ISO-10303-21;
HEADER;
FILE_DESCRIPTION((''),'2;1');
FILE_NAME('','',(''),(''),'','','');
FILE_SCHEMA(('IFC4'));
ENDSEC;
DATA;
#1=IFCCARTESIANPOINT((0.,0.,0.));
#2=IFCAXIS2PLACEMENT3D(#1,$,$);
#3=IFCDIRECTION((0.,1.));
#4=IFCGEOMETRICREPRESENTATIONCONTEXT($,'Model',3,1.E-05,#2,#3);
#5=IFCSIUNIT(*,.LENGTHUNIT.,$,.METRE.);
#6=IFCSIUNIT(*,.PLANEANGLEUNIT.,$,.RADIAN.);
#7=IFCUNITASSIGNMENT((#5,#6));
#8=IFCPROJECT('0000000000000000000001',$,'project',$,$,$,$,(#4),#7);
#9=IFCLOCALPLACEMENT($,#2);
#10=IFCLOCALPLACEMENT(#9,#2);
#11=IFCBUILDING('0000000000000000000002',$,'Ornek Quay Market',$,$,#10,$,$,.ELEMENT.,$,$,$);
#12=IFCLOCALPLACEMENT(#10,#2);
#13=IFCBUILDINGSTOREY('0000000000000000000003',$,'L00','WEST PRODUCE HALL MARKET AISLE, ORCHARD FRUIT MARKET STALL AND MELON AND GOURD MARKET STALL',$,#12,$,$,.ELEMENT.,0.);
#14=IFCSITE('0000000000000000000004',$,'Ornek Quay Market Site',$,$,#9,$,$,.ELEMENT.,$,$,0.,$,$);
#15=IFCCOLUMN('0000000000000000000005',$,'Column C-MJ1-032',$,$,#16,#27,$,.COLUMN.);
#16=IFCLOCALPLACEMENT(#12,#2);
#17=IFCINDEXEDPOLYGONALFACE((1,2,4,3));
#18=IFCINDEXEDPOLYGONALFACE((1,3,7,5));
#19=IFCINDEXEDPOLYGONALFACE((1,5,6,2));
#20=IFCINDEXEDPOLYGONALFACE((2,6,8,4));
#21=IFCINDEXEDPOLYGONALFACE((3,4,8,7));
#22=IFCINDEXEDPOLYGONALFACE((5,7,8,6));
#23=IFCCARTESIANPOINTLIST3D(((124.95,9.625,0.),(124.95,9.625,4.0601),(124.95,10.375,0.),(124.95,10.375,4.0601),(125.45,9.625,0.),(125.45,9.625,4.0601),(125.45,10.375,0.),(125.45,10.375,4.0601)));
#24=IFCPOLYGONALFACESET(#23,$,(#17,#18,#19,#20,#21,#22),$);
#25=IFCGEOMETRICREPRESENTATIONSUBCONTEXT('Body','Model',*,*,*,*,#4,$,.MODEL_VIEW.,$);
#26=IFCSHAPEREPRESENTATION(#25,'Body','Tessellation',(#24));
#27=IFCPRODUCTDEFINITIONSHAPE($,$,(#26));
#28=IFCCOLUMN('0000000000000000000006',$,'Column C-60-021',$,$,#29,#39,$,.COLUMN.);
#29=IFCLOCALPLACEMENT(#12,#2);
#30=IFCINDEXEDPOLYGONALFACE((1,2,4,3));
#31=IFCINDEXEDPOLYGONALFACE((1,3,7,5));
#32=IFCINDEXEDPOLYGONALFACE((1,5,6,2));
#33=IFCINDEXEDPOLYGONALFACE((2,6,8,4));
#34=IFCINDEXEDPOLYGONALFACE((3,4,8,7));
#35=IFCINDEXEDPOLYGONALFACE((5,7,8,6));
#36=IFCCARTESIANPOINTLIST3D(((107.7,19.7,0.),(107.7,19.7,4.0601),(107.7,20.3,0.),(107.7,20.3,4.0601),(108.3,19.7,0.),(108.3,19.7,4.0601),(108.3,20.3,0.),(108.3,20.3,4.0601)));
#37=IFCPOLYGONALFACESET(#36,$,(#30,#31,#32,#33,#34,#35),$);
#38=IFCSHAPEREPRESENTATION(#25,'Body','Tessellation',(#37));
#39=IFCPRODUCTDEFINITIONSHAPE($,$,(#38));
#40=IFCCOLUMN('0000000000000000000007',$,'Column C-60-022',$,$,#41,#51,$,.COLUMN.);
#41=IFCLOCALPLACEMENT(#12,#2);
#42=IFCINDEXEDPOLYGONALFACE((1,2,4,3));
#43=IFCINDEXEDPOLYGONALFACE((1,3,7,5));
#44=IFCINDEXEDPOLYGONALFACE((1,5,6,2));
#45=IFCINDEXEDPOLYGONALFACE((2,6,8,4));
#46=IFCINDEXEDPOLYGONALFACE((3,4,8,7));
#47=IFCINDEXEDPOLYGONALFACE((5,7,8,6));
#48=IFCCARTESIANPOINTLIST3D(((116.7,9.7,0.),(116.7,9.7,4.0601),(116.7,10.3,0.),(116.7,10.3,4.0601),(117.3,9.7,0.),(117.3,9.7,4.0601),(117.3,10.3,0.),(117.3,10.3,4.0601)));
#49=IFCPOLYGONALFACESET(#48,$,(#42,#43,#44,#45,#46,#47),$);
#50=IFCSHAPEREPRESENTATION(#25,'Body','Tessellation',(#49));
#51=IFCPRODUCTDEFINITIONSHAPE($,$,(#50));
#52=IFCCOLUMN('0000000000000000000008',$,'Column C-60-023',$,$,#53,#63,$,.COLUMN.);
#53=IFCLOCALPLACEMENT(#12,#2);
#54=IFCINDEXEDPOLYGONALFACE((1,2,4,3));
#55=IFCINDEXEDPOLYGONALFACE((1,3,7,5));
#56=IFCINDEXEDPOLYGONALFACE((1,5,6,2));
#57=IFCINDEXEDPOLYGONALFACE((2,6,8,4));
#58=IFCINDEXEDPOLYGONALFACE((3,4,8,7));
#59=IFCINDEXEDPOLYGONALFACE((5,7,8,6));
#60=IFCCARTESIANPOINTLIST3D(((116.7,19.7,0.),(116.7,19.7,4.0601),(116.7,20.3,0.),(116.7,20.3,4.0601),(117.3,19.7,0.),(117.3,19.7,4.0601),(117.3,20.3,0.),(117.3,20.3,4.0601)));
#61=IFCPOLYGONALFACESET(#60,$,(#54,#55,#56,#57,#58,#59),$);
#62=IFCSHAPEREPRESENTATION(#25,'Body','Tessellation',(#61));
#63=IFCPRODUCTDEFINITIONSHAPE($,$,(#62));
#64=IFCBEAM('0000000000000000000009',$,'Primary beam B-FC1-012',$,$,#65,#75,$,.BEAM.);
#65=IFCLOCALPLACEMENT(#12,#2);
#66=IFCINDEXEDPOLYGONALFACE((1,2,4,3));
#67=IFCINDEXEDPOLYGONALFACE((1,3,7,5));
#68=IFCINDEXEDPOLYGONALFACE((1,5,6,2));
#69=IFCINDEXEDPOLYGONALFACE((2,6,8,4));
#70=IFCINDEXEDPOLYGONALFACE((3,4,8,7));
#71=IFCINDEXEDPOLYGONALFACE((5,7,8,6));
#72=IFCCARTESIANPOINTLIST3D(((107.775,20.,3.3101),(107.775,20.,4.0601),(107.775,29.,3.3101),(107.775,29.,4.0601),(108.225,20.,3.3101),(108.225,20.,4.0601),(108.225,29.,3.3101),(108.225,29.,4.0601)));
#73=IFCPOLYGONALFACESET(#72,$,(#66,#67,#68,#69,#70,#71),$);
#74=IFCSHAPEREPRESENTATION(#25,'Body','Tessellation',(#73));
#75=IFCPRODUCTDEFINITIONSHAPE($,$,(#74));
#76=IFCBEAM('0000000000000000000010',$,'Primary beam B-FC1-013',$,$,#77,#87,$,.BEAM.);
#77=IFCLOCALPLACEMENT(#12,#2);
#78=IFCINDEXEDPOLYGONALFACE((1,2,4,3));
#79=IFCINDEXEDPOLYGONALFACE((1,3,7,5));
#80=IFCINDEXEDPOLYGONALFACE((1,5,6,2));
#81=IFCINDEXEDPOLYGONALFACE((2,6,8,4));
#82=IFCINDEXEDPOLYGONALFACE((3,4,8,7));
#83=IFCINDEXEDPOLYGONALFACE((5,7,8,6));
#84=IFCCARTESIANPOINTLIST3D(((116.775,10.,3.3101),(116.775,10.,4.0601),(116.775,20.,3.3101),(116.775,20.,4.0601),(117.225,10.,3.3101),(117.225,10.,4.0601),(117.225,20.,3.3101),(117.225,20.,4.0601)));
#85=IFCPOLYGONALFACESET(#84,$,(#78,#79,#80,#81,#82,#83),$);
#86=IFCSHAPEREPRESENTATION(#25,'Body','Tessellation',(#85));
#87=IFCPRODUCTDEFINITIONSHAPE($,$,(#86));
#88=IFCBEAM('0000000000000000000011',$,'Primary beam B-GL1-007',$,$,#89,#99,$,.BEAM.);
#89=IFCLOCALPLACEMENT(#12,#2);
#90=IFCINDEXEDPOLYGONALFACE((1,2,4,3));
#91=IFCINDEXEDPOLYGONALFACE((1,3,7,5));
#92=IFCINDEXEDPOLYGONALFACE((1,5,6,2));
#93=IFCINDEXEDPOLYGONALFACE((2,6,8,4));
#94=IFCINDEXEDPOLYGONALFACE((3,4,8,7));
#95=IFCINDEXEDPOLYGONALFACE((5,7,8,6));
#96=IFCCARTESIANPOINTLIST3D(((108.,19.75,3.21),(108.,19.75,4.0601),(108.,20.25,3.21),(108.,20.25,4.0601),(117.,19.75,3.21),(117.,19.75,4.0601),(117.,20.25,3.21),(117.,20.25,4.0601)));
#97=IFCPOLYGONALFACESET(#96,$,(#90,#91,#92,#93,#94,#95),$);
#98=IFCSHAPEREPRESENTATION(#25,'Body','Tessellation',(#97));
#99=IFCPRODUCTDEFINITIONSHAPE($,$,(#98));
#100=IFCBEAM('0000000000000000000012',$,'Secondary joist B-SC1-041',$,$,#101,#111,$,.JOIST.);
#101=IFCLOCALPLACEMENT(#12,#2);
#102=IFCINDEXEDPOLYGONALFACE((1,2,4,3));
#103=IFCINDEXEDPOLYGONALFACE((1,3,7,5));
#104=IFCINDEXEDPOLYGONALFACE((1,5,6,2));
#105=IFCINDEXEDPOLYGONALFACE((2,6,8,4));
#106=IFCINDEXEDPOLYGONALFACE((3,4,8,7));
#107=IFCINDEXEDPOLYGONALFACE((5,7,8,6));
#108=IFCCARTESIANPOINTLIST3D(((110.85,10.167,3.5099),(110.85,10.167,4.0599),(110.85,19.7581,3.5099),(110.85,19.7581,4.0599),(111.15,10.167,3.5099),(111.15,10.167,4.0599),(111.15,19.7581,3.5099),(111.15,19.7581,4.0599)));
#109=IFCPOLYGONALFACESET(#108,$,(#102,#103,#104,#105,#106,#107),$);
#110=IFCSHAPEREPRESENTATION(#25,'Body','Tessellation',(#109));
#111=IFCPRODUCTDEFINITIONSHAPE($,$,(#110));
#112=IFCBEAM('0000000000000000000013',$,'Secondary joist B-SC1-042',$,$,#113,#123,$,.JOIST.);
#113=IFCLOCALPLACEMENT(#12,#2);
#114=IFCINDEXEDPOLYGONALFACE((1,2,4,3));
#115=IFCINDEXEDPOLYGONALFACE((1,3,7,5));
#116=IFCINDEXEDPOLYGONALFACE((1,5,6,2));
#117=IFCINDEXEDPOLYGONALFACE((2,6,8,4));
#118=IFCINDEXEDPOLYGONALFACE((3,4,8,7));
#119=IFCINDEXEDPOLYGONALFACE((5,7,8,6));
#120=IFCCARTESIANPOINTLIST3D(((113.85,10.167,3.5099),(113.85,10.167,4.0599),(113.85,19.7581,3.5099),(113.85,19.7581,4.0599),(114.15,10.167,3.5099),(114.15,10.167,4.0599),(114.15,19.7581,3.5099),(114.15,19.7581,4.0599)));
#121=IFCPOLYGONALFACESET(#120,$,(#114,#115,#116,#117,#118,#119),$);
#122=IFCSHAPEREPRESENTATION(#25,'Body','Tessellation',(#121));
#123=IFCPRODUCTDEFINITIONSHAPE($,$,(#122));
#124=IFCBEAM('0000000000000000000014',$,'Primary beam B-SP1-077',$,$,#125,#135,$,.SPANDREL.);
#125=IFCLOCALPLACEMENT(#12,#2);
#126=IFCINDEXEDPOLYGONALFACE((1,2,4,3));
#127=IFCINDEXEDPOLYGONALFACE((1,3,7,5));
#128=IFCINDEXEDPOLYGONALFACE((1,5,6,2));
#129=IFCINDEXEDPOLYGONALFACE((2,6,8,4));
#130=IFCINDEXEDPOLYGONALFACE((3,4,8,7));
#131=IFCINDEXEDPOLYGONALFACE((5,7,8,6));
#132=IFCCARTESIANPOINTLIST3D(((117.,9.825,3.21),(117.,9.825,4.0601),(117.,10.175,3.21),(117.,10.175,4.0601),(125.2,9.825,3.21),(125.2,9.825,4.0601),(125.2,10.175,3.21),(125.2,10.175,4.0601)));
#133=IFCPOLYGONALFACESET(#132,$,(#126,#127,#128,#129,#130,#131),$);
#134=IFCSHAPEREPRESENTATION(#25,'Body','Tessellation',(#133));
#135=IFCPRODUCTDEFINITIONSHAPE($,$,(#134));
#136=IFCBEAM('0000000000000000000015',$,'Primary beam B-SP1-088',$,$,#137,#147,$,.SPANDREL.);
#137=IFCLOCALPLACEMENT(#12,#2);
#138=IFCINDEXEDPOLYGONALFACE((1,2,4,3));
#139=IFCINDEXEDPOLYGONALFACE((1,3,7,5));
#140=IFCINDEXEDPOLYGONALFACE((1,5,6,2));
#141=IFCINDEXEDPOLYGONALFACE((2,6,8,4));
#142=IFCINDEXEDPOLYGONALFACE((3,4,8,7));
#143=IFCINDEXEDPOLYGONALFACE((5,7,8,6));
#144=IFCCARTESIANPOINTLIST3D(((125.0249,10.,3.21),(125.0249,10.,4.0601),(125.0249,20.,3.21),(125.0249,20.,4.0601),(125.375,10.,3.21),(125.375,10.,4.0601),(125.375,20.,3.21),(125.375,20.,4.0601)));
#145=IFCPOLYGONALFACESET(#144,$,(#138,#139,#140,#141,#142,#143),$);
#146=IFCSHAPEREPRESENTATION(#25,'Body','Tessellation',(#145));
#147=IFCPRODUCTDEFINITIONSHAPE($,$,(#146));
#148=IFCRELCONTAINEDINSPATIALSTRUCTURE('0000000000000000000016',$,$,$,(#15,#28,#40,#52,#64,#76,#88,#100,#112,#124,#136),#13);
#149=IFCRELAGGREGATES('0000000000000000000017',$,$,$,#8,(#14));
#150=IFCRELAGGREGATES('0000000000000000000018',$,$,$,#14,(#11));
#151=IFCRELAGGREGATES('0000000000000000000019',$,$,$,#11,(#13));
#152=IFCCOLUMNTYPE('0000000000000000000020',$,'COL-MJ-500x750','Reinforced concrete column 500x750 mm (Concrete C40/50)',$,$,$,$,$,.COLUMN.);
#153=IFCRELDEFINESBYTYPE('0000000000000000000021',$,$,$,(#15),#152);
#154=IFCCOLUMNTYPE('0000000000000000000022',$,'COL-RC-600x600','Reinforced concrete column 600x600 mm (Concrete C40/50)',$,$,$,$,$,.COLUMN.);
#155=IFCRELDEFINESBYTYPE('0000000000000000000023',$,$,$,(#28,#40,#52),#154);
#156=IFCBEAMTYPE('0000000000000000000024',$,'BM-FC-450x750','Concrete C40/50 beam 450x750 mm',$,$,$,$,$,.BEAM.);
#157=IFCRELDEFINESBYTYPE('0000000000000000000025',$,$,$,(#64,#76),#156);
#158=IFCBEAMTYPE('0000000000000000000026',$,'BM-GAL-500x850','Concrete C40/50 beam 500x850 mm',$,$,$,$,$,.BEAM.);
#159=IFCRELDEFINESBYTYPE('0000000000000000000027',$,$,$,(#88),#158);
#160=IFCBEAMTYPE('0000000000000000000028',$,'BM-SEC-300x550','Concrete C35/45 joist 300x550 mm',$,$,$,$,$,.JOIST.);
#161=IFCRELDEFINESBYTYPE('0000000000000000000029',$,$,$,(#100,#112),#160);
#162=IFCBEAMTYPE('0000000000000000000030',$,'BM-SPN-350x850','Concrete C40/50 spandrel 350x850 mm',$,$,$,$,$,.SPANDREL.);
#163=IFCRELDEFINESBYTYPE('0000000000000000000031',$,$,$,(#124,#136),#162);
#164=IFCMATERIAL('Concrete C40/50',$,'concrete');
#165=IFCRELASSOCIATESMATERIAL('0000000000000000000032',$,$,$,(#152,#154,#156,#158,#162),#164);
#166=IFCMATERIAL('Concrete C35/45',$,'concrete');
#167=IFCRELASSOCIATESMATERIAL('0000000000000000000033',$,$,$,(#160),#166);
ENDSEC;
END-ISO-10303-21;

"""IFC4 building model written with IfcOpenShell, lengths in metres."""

from ifc_helpers import new_model, si_unit, direction, frame, origin, origin_2d, place, context, subcontext, project, spatial, rectangle, extrude, material, material_profile, profile_set, type_object, element, save


model = new_model("IFC4")

# Units and contexts
model_context = context("Model", 3, precision=1e-05, world=origin(), true_north=direction((0.0, 1.0)))
body_context = subcontext(model_context, "Body", "Model", "MODEL_VIEW")
ifc_project = project(units=[si_unit("LENGTHUNIT", "METRE"), si_unit("PLANEANGLEUNIT", "RADIAN")], contexts=[model_context])

# Site, building, storey
site_placement = place(None, origin())
site = spatial("IfcSite", under=ifc_project, at=site_placement, Name="Ornek Quay Market Site", CompositionType="ELEMENT", RefElevation=0.0)
building_placement = place(site_placement, origin())
building = spatial("IfcBuilding", under=site, at=building_placement, Name="Ornek Quay Market", CompositionType="ELEMENT")
storey_placement = place(building_placement, origin())
storey = spatial("IfcBuildingStorey", under=building, at=storey_placement, Name="L00", Description="WEST PRODUCE HALL MARKET AISLE, ORCHARD FRUIT MARKET STALL AND MELON AND GOURD MARKET STALL", CompositionType="ELEMENT", Elevation=0.0)

# Columns
ifc_material_1 = material(Name="Concrete C40/50", Category="concrete")
ifc_material_profile_1 = material_profile(ifc_material_1, rectangle(XDim=0.5, YDim=0.75, at=origin_2d()), Name="RC 500x750", Category="concrete")
ifc_profile_set_1 = profile_set([ifc_material_profile_1], Name="Concrete C40/50")
column_type_1 = type_object("IfcColumnType", Name="COL-MJ-500x750", Description="Reinforced concrete column 500x750 mm (Concrete C40/50)", PredefinedType="COLUMN", material=ifc_profile_set_1)
column_placement = place(storey_placement, frame((125.2, 10.0, 0.0), z_axis=(0.0, 0.0, 1.0), x_axis=(1.0, 0.0, 0.0)))
element("IfcColumn", 1, at=column_placement, inside=storey, type_object=column_type_1, Name="Column C-MJ1-032", PredefinedType="COLUMN", context=body_context, shape_type="SweptSolid", body=[
    extrude(rectangle(XDim=0.5, YDim=0.75, at=origin_2d()), origin(), (0.0, 0.0, 1.0), 4.0601),
])
ifc_material_profile_2 = material_profile(ifc_material_1, rectangle(XDim=0.6001, YDim=0.6001, at=origin_2d()), Name="RC 600x600", Category="concrete")
ifc_profile_set_2 = profile_set([ifc_material_profile_2], Name="Concrete C40/50")
column_type_2 = type_object("IfcColumnType", Name="COL-RC-600x600", Description="Reinforced concrete column 600x600 mm (Concrete C40/50)", PredefinedType="COLUMN", material=ifc_profile_set_2)
for number, where, z_axis, x_axis, name in (
    (2, (108.0, 20.0, 0.0), (0.0, 0.0, 1.0), (1.0, 0.0, 0.0), "Column C-60-021"),
    (3, (117.0, 10.0, 0.0), (0.0, 0.0, 1.0), (1.0, 0.0, 0.0), "Column C-60-022"),
    (4, (117.0, 20.0, 0.0), (0.0, 0.0, 1.0), (1.0, 0.0, 0.0), "Column C-60-023"),
):
    element("IfcColumn", number, at=place(storey_placement, frame(where, z_axis=z_axis, x_axis=x_axis)), inside=storey, type_object=column_type_2, Name=name, PredefinedType="COLUMN", context=body_context, shape_type="SweptSolid", body=[
        extrude(rectangle(XDim=0.6001, YDim=0.6001, at=origin_2d()), origin(), (0.0, 0.0, 1.0), 4.0601),
    ])

# Beams
ifc_material_profile_3 = material_profile(ifc_material_1, rectangle(XDim=0.45, YDim=0.75, at=origin_2d()), Name="RC 450x750", Category="concrete")
ifc_profile_set_3 = profile_set([ifc_material_profile_3], Name="Concrete C40/50")
beam_type_1 = type_object("IfcBeamType", Name="BM-FC-450x750", Description="Concrete C40/50 beam 450x750 mm", PredefinedType="BEAM", material=ifc_profile_set_3)
beam_1_placement = place(storey_placement, frame((108.0, 20.0, 3.6851), z_axis=(0.0, 1.0, 0.0), x_axis=(-1.0, 0.0, 0.0)))
element("IfcBeam", 5, at=beam_1_placement, inside=storey, type_object=beam_type_1, Name="Primary beam B-FC1-012", PredefinedType="BEAM", context=body_context, shape_type="SweptSolid", body=[
    extrude(rectangle(XDim=0.45, YDim=0.75, at=origin_2d()), origin(), (0.0, 0.0, 1.0), 9.0),
])
beam_2_placement = place(storey_placement, frame((117.0, 10.0, 3.6851), z_axis=(0.0, 1.0, 0.0), x_axis=(-1.0, 0.0, 0.0)))
element("IfcBeam", 6, at=beam_2_placement, inside=storey, type_object=beam_type_1, Name="Primary beam B-FC1-013", PredefinedType="BEAM", context=body_context, shape_type="SweptSolid", body=[
    extrude(rectangle(XDim=0.45, YDim=0.75, at=origin_2d()), origin(), (0.0, 0.0, 1.0), 10.0),
])
ifc_material_profile_4 = material_profile(ifc_material_1, rectangle(XDim=0.5, YDim=0.8501, at=origin_2d()), Name="RC 500x850", Category="concrete")
ifc_profile_set_4 = profile_set([ifc_material_profile_4], Name="Concrete C40/50")
beam_type_2 = type_object("IfcBeamType", Name="BM-GAL-500x850", Description="Concrete C40/50 beam 500x850 mm", PredefinedType="BEAM", material=ifc_profile_set_4)
beam_3_placement = place(storey_placement, frame((108.0, 20.0, 3.635), z_axis=(1.0, 0.0, 0.0), x_axis=(0.0, 1.0, 0.0)))
element("IfcBeam", 7, at=beam_3_placement, inside=storey, type_object=beam_type_2, Name="Primary beam B-GL1-007", PredefinedType="BEAM", context=body_context, shape_type="SweptSolid", body=[
    extrude(rectangle(XDim=0.5, YDim=0.8501, at=origin_2d()), origin(), (0.0, 0.0, 1.0), 9.0),
])
ifc_material_2 = material(Name="Concrete C35/45", Category="concrete")
ifc_material_profile_5 = material_profile(ifc_material_2, rectangle(XDim=0.3, YDim=0.55, at=origin_2d()), Name="RC 300x550", Category="concrete")
ifc_profile_set_5 = profile_set([ifc_material_profile_5], Name="Concrete C35/45")
beam_type_3 = type_object("IfcBeamType", Name="BM-SEC-300x550", Description="Concrete C35/45 joist 300x550 mm", PredefinedType="JOIST", material=ifc_profile_set_5)
for number, where, z_axis, x_axis, name in (
    (8, (111.0, 10.167, 3.7849), (0.0, 1.0, 0.0), (-1.0, 0.0, 0.0), "Secondary joist B-SC1-041"),
    (9, (114.0, 10.167, 3.7849), (0.0, 1.0, 0.0), (-1.0, 0.0, 0.0), "Secondary joist B-SC1-042"),
):
    element("IfcBeam", number, at=place(storey_placement, frame(where, z_axis=z_axis, x_axis=x_axis)), inside=storey, type_object=beam_type_3, Name=name, PredefinedType="JOIST", context=body_context, shape_type="SweptSolid", body=[
        extrude(rectangle(XDim=0.3, YDim=0.55, at=origin_2d()), origin(), (0.0, 0.0, 1.0), 9.5911),
    ])
ifc_material_profile_6 = material_profile(ifc_material_1, rectangle(XDim=0.3501, YDim=0.8501, at=origin_2d()), Name="RC 350x850", Category="concrete")
ifc_profile_set_6 = profile_set([ifc_material_profile_6], Name="Concrete C40/50")
beam_type_4 = type_object("IfcBeamType", Name="BM-SPN-350x850", Description="Concrete C40/50 spandrel 350x850 mm", PredefinedType="SPANDREL", material=ifc_profile_set_6)
beam_4_placement = place(storey_placement, frame((117.0, 10.0, 3.635), z_axis=(1.0, 0.0, 0.0), x_axis=(0.0, 1.0, 0.0)))
element("IfcBeam", 10, at=beam_4_placement, inside=storey, type_object=beam_type_4, Name="Primary beam B-SP1-077", PredefinedType="SPANDREL", context=body_context, shape_type="SweptSolid", body=[
    extrude(rectangle(XDim=0.3501, YDim=0.8501, at=origin_2d()), origin(), (0.0, 0.0, 1.0), 8.2),
])
beam_5_placement = place(storey_placement, frame((125.2, 10.0, 3.635), z_axis=(0.0, 1.0, 0.0), x_axis=(-1.0, 0.0, 0.0)))
element("IfcBeam", 11, at=beam_5_placement, inside=storey, type_object=beam_type_4, Name="Primary beam B-SP1-088", PredefinedType="SPANDREL", context=body_context, shape_type="SweptSolid", body=[
    extrude(rectangle(XDim=0.3501, YDim=0.8501, at=origin_2d()), origin(), (0.0, 0.0, 1.0), 10.0),
])

save(model, "model.ifc")
